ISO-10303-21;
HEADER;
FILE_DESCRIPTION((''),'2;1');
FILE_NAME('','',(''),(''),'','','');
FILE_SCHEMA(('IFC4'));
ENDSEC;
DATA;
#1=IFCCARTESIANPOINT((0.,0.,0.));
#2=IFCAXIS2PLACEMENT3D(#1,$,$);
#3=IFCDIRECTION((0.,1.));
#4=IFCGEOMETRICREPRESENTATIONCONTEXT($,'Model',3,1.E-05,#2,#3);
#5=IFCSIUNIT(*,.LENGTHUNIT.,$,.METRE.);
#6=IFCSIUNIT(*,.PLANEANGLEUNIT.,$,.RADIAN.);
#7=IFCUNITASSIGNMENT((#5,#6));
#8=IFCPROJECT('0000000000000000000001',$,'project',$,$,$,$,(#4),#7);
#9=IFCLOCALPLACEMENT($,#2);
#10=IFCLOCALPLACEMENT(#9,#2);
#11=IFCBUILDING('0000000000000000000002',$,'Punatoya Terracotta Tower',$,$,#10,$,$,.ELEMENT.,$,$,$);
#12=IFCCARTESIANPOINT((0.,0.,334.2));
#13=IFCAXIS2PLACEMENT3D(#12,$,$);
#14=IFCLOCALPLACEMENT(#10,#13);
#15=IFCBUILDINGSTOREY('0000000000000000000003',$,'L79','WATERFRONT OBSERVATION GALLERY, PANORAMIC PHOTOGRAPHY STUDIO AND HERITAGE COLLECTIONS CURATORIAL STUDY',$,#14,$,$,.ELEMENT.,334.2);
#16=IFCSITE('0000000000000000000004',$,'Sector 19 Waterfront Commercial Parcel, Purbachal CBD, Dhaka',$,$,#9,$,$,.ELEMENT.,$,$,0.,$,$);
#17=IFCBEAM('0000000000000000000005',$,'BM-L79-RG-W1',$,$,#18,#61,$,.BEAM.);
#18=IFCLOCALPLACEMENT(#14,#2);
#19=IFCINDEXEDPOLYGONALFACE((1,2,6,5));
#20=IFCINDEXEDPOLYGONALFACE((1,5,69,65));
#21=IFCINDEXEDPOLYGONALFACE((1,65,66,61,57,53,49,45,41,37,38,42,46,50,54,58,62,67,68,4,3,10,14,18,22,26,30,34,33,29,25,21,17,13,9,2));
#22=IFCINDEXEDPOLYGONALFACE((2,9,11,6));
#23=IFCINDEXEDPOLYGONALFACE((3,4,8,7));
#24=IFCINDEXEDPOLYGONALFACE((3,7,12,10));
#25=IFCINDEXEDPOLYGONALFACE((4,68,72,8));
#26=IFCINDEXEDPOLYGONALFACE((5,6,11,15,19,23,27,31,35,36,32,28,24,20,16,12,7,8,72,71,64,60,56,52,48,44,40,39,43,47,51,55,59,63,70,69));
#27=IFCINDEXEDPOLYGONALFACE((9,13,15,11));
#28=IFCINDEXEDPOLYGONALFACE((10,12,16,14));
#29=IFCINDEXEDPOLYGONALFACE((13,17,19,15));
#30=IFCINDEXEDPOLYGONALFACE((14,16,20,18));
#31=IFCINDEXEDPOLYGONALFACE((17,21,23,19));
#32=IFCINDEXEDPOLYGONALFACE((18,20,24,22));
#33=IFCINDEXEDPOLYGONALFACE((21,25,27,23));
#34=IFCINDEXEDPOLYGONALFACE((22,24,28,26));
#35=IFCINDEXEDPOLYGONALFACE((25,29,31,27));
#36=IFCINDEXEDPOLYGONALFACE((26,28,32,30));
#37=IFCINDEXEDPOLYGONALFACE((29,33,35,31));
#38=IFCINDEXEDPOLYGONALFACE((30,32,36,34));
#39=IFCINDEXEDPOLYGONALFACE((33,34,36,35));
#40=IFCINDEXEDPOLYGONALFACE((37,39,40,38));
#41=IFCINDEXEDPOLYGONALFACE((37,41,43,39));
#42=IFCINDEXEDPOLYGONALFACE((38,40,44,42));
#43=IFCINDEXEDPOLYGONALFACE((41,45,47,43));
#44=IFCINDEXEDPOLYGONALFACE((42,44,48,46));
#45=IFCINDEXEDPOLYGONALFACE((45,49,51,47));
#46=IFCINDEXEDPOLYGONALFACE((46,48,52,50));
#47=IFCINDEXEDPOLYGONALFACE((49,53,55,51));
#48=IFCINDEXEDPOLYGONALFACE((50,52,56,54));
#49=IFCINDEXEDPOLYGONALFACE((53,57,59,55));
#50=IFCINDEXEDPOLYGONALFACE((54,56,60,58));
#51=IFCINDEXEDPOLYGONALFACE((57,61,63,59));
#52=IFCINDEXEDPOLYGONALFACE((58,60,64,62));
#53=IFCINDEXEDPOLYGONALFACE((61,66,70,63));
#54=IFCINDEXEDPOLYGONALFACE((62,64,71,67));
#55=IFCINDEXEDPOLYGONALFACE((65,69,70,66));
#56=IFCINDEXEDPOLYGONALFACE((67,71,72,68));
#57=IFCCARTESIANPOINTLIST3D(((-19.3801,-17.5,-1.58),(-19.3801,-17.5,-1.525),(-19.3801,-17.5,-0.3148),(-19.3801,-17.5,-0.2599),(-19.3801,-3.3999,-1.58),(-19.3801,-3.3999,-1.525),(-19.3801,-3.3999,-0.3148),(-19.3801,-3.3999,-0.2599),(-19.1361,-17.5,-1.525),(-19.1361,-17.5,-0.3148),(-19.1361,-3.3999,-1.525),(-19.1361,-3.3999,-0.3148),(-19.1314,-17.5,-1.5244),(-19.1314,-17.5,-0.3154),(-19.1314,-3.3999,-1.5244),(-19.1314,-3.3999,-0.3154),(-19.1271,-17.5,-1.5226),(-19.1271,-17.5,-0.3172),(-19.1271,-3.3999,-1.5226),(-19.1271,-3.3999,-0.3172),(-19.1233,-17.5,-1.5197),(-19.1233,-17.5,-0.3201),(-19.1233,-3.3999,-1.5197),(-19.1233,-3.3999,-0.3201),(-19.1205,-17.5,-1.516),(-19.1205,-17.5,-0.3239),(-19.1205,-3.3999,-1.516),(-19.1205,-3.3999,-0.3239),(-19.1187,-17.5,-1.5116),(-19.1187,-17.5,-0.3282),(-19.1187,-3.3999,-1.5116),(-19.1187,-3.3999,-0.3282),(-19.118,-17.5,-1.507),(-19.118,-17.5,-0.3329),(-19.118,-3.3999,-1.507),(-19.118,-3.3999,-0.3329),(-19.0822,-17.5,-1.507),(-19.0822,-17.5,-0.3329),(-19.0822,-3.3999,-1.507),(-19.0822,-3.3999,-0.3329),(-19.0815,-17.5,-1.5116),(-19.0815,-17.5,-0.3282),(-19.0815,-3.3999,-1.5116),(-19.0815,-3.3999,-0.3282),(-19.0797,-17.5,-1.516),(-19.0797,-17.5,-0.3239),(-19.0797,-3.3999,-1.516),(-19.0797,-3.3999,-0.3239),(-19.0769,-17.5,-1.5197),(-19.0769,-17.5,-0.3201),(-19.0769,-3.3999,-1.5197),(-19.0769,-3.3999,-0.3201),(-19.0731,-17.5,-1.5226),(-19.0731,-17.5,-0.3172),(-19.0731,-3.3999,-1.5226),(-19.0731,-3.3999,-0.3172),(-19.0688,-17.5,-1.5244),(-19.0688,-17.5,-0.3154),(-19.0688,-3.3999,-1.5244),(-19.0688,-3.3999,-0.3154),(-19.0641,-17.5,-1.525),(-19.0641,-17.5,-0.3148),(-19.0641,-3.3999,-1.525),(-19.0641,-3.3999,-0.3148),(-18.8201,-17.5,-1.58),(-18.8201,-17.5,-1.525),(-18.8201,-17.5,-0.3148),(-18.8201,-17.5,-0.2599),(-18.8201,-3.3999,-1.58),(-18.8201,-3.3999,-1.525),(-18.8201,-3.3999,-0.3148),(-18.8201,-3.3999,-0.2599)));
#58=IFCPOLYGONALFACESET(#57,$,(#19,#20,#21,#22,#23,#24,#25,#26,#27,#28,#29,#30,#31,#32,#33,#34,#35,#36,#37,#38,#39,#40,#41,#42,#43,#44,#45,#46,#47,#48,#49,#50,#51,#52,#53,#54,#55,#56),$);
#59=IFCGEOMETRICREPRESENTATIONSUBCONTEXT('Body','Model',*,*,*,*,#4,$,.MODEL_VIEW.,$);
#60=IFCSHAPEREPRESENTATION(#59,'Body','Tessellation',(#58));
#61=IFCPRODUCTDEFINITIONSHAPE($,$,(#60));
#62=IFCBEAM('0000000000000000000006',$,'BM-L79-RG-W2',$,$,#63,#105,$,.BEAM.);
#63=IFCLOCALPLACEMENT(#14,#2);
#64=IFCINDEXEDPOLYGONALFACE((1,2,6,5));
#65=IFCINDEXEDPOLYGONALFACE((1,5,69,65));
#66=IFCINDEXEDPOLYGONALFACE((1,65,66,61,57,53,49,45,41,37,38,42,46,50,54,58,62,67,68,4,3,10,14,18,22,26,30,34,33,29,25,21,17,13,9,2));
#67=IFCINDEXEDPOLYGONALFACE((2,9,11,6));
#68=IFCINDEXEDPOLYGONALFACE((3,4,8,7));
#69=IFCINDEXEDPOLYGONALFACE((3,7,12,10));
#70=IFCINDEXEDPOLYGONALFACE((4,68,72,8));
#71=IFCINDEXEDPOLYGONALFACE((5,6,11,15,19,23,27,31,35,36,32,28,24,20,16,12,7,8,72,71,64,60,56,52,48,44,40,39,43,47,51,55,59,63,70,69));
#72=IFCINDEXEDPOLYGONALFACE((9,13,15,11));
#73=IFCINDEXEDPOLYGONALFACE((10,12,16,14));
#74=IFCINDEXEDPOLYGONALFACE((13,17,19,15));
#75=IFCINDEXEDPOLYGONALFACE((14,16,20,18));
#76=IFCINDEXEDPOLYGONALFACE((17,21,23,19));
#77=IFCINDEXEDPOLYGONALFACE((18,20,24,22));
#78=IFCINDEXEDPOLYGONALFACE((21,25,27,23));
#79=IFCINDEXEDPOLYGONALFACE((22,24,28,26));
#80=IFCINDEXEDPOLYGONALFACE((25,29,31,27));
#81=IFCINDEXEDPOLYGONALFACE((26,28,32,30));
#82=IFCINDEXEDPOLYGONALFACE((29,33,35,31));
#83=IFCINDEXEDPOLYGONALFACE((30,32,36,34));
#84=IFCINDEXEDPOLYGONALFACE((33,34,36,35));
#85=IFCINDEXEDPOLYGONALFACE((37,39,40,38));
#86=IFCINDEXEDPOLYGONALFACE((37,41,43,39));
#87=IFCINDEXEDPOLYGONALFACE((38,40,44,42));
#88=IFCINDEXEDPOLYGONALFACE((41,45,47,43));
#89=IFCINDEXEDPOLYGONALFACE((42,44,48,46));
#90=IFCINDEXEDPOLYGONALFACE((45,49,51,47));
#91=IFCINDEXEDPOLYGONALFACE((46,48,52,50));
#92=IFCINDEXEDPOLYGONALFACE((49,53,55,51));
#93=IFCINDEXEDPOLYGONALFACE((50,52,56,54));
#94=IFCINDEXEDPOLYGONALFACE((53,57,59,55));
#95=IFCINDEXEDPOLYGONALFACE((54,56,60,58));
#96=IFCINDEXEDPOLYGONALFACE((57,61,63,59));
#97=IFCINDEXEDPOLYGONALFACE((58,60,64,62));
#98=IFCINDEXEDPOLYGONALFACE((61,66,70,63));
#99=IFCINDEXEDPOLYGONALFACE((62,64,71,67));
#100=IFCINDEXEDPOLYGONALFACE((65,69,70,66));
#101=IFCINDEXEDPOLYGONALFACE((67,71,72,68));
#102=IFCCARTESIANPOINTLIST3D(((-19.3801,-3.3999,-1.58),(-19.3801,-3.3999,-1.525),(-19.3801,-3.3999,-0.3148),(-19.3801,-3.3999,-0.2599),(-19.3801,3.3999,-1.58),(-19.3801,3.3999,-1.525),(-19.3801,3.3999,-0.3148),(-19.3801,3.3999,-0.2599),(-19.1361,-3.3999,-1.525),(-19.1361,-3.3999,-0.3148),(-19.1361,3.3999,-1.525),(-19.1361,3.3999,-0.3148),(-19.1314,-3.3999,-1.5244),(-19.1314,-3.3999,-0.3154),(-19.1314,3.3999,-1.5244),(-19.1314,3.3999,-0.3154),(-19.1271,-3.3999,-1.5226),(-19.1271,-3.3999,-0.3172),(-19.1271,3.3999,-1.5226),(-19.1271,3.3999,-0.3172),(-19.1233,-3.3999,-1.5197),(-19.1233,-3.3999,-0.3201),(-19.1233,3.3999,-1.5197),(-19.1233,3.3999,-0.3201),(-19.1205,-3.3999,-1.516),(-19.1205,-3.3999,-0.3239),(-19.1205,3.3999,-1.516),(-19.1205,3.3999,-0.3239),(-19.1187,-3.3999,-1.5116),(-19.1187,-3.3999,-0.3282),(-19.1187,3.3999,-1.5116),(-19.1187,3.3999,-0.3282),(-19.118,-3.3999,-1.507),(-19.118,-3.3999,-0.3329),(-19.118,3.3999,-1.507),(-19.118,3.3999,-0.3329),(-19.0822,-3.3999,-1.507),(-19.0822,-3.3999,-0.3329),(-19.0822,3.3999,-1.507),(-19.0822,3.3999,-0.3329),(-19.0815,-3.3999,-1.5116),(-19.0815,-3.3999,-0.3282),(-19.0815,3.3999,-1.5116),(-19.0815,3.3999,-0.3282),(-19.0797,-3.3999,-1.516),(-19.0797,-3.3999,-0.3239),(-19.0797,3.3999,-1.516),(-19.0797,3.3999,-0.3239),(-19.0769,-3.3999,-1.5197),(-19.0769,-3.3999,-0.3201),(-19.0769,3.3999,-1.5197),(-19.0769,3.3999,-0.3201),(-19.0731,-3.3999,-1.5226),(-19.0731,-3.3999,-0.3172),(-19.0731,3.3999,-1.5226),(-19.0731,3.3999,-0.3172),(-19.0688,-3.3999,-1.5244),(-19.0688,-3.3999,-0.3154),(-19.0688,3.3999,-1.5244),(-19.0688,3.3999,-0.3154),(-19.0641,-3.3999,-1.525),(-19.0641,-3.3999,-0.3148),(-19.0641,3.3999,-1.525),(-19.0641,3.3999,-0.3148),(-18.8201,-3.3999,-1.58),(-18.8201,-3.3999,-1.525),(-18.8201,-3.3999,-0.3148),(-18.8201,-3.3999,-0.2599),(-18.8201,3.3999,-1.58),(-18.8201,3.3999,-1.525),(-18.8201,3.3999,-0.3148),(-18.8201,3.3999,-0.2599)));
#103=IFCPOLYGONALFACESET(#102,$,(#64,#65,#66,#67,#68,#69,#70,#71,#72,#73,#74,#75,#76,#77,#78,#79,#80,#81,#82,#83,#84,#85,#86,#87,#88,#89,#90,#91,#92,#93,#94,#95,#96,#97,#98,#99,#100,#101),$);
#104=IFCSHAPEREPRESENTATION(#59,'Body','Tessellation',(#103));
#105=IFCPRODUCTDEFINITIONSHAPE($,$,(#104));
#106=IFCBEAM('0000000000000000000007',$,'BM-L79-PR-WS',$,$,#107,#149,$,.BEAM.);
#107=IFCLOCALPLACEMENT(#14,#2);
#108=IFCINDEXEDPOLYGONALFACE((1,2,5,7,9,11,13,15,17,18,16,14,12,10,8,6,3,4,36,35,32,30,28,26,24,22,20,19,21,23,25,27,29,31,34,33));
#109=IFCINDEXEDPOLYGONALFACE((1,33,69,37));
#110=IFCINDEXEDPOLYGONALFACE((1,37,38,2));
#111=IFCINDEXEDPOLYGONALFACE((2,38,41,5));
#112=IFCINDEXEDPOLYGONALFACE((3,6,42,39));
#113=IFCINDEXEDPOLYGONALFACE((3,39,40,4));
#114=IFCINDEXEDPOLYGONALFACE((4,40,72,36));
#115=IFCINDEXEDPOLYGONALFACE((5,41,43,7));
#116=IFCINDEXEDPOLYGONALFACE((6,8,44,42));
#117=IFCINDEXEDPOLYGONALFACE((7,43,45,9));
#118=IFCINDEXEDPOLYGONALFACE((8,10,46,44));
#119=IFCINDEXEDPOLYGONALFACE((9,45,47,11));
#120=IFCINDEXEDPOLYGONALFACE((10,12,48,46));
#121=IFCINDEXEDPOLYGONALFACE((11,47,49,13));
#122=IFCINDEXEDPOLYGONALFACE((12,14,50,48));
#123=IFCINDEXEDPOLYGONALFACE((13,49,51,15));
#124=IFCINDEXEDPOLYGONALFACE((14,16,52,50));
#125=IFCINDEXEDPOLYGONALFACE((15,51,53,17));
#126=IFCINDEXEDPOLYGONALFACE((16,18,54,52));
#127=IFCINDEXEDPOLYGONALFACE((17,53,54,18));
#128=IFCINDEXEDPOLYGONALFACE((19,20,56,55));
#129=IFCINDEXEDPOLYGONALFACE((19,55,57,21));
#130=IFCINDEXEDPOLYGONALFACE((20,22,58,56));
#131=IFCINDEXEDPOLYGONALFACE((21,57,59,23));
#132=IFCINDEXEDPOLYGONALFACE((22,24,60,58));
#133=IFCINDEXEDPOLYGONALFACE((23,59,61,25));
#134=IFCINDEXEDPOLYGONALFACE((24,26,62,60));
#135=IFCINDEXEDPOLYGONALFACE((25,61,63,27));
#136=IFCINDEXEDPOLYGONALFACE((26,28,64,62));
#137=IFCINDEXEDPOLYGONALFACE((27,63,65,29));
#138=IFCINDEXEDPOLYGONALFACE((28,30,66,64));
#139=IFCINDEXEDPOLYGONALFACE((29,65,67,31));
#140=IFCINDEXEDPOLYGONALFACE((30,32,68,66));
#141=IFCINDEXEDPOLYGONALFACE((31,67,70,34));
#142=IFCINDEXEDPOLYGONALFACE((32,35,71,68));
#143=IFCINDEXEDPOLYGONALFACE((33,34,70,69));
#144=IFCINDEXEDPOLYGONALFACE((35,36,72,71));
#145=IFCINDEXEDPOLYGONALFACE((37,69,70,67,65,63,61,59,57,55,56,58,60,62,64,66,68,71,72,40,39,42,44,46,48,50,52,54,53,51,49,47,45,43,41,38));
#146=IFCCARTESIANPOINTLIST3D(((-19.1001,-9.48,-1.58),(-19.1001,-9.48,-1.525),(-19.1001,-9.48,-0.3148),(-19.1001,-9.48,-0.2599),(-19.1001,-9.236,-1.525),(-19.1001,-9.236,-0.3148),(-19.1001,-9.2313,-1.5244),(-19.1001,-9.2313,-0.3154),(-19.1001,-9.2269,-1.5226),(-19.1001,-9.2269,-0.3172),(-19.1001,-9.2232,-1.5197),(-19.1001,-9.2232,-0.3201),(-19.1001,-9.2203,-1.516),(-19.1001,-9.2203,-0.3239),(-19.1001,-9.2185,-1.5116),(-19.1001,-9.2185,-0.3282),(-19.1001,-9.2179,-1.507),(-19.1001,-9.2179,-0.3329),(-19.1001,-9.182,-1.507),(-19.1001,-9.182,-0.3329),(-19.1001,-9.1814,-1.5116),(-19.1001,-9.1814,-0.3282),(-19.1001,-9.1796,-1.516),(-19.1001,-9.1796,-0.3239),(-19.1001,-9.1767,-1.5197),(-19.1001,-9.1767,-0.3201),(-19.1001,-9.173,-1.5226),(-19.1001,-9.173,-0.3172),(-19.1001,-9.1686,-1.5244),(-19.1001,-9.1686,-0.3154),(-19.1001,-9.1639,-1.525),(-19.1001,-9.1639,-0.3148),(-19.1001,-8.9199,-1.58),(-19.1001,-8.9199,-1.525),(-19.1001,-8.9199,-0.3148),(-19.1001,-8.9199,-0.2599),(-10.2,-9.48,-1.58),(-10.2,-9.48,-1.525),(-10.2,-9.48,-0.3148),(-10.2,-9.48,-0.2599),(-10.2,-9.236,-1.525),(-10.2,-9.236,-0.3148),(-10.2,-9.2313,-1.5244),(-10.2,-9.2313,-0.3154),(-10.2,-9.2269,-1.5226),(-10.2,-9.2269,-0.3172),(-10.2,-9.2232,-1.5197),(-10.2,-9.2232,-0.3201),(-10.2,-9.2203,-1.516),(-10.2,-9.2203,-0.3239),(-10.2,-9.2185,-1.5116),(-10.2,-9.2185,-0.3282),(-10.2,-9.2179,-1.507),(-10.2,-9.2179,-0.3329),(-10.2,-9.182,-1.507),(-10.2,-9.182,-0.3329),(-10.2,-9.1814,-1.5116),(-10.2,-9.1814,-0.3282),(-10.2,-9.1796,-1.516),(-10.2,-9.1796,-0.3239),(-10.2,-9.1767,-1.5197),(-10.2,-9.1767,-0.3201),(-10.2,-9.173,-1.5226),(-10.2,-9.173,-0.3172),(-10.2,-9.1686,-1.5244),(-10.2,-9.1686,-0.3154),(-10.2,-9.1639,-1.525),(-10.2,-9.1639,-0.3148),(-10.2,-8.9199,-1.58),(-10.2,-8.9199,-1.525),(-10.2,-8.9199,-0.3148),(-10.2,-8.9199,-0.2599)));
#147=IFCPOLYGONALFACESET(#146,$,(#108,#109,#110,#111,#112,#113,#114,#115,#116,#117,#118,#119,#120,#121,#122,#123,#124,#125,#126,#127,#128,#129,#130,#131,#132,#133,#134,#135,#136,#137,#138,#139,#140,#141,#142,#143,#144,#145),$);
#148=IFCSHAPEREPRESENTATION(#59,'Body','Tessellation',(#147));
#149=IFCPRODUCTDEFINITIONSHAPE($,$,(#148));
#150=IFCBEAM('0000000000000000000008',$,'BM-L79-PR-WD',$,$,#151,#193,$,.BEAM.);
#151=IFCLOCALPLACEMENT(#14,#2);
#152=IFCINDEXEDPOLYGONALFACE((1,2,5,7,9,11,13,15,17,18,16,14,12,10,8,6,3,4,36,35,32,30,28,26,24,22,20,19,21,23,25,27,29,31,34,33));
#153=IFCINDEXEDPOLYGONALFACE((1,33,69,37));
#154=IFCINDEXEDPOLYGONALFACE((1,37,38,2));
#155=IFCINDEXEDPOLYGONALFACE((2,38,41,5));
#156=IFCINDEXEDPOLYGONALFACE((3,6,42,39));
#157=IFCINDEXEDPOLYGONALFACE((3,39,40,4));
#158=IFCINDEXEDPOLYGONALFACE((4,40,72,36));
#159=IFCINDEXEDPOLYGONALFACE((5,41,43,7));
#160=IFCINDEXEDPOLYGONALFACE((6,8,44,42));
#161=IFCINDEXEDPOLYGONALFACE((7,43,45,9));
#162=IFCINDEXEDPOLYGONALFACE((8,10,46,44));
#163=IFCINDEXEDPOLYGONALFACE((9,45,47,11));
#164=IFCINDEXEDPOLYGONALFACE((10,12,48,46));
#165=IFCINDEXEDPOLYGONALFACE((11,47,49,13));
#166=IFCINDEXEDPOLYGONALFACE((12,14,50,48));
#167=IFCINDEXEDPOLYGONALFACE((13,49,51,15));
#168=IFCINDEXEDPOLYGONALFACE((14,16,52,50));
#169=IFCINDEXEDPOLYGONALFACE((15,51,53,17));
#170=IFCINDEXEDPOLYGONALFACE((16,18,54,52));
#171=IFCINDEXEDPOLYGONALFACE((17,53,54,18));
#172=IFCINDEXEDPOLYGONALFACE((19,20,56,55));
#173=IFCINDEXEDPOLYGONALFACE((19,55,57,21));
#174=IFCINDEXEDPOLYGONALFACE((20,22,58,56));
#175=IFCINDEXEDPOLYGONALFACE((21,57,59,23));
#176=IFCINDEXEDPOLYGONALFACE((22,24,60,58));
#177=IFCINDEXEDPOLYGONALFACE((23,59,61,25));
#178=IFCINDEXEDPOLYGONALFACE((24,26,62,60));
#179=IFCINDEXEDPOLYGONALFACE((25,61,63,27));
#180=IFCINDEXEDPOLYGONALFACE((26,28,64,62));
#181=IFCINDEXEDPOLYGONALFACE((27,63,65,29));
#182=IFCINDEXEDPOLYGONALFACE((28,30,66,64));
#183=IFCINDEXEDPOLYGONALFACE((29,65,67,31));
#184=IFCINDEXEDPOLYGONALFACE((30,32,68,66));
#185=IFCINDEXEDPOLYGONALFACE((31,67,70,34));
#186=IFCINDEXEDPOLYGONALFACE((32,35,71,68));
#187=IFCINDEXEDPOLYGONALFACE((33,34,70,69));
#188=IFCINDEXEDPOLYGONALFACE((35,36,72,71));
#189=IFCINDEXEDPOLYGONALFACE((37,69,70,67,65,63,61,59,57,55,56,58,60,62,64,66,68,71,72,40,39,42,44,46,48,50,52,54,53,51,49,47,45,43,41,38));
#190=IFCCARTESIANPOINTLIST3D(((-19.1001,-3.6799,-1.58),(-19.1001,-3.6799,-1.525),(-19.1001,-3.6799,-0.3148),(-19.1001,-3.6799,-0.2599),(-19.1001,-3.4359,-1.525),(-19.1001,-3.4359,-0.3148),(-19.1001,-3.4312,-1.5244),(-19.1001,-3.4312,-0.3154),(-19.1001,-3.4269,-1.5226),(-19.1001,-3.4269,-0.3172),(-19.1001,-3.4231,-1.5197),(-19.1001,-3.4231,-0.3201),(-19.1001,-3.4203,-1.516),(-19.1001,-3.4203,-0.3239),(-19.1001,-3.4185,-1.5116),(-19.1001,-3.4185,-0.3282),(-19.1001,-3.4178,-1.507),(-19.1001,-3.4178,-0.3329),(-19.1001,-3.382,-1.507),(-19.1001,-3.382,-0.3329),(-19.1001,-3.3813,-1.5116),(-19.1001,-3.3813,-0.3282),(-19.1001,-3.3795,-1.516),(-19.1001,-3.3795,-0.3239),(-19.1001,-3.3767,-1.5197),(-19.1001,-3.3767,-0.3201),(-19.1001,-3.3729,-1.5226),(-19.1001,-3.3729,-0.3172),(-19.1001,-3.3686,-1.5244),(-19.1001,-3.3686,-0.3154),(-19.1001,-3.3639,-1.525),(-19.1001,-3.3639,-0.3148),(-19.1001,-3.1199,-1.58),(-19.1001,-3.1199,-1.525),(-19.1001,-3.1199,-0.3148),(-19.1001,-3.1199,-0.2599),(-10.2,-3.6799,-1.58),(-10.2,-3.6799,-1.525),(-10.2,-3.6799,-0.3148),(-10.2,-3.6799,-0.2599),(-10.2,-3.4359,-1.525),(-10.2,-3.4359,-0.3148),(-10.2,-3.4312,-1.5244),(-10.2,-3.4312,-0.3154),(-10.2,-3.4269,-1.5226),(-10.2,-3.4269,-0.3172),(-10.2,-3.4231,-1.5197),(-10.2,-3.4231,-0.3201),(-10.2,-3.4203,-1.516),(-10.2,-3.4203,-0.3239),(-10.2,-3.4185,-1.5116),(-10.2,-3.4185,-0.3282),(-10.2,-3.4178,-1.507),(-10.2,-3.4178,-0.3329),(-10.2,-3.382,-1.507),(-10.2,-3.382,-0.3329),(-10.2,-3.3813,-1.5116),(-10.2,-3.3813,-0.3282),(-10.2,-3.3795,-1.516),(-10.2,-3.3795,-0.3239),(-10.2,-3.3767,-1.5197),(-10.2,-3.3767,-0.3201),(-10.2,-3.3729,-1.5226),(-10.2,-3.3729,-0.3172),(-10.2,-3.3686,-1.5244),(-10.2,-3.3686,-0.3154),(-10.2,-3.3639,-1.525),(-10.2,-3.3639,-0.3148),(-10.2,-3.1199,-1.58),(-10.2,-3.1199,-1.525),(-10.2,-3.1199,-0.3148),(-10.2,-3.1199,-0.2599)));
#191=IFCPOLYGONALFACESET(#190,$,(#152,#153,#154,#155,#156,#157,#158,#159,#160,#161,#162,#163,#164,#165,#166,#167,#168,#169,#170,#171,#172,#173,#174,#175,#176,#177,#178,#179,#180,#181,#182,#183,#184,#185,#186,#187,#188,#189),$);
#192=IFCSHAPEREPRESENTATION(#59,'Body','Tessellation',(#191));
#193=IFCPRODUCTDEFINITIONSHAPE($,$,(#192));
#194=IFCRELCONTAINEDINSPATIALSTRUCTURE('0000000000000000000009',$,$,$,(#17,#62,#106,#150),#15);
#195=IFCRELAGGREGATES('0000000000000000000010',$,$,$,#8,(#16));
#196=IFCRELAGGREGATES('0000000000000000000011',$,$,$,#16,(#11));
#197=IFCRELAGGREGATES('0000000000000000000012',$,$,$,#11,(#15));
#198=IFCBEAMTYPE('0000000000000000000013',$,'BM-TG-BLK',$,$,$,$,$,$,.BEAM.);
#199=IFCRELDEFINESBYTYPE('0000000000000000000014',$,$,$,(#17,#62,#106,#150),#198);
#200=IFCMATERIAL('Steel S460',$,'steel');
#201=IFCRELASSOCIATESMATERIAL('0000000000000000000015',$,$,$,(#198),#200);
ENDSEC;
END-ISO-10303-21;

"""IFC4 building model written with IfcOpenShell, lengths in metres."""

from ifc_helpers import new_model, si_unit, direction, frame, origin, origin_2d, place, context, subcontext, project, spatial, i_section, extrude, material, material_profile, profile_set, type_object, element, save


model = new_model("IFC4")

# Units and contexts
model_context = context("Model", 3, precision=1e-05, world=origin(), true_north=direction((0.0, 1.0)))
body_context = subcontext(model_context, "Body", "Model", "MODEL_VIEW")
ifc_project = project(units=[si_unit("LENGTHUNIT", "METRE"), si_unit("PLANEANGLEUNIT", "RADIAN")], contexts=[model_context])

# Site, building, storey
site_placement = place(None, origin())
site = spatial("IfcSite", under=ifc_project, at=site_placement, Name="Sector 19 Waterfront Commercial Parcel, Purbachal CBD, Dhaka", CompositionType="ELEMENT", RefElevation=0.0)
building_placement = place(site_placement, origin())
building = spatial("IfcBuilding", under=site, at=building_placement, Name="Punatoya Terracotta Tower", CompositionType="ELEMENT")
storey_placement = place(building_placement, frame((0.0, 0.0, 334.2)))
storey = spatial("IfcBuildingStorey", under=building, at=storey_placement, Name="L79", Description="WATERFRONT OBSERVATION GALLERY, PANORAMIC PHOTOGRAPHY STUDIO AND HERITAGE COLLECTIONS CURATORIAL STUDY", CompositionType="ELEMENT", Elevation=334.2)

# Shared definitions
ifc_material_1 = material(Name="Steel S460", Category="steel")

# Beams
ifc_material_profile_1 = material_profile(ifc_material_1, i_section(OverallWidth=0.5601, OverallDepth=1.3201, WebThickness=0.0359, FlangeThickness=0.0549, FilletRadius=0.0181, at=origin_2d()))
ifc_profile_set_1 = profile_set([ifc_material_profile_1], Name="Steel S460")
beam_type_1 = type_object("IfcBeamType", Name="BM-TG-BLK", PredefinedType="BEAM", material=ifc_profile_set_1)
beam_1_placement = place(storey_placement, frame((-19.1001, -17.5, -0.9199), z_axis=(0.0, 1.0, 0.0), x_axis=(-1.0, 0.0, 0.0)))
element("IfcBeam", 1, at=beam_1_placement, inside=storey, type_object=beam_type_1, Name="BM-L79-RG-W1", PredefinedType="BEAM", context=body_context, shape_type="SweptSolid", body=[
    extrude(i_section(OverallWidth=0.5601, OverallDepth=1.3201, WebThickness=0.0359, FlangeThickness=0.0549, FilletRadius=0.0181, at=origin_2d()), origin(), (0.0, 0.0, 1.0), 14.1001),
])
beam_2_placement = place(storey_placement, frame((-19.1001, -3.3999, -0.9199), z_axis=(0.0, 1.0, 0.0), x_axis=(-1.0, 0.0, 0.0)))
element("IfcBeam", 2, at=beam_2_placement, inside=storey, type_object=beam_type_1, Name="BM-L79-RG-W2", PredefinedType="BEAM", context=body_context, shape_type="SweptSolid", body=[
    extrude(i_section(OverallWidth=0.5601, OverallDepth=1.3201, WebThickness=0.0359, FlangeThickness=0.0549, FilletRadius=0.0181, at=origin_2d()), origin(), (0.0, 0.0, 1.0), 6.7998),
])
for number, where, z_axis, x_axis, name in (
    (3, (-19.1001, -9.2, -0.9199), (1.0, 0.0, 0.0), (0.0, 1.0, 0.0), "BM-L79-PR-WS"),
    (4, (-19.1001, -3.3999, -0.9199), (1.0, 0.0, 0.0), (0.0, 1.0, 0.0), "BM-L79-PR-WD"),
):
    element("IfcBeam", number, at=place(storey_placement, frame(where, z_axis=z_axis, x_axis=x_axis)), inside=storey, type_object=beam_type_1, Name=name, PredefinedType="BEAM", context=body_context, shape_type="SweptSolid", body=[
        extrude(i_section(OverallWidth=0.5601, OverallDepth=1.3201, WebThickness=0.0359, FlangeThickness=0.0549, FilletRadius=0.0181, at=origin_2d()), origin(), (0.0, 0.0, 1.0), 8.9001),
    ])

save(model, "model.ifc")
